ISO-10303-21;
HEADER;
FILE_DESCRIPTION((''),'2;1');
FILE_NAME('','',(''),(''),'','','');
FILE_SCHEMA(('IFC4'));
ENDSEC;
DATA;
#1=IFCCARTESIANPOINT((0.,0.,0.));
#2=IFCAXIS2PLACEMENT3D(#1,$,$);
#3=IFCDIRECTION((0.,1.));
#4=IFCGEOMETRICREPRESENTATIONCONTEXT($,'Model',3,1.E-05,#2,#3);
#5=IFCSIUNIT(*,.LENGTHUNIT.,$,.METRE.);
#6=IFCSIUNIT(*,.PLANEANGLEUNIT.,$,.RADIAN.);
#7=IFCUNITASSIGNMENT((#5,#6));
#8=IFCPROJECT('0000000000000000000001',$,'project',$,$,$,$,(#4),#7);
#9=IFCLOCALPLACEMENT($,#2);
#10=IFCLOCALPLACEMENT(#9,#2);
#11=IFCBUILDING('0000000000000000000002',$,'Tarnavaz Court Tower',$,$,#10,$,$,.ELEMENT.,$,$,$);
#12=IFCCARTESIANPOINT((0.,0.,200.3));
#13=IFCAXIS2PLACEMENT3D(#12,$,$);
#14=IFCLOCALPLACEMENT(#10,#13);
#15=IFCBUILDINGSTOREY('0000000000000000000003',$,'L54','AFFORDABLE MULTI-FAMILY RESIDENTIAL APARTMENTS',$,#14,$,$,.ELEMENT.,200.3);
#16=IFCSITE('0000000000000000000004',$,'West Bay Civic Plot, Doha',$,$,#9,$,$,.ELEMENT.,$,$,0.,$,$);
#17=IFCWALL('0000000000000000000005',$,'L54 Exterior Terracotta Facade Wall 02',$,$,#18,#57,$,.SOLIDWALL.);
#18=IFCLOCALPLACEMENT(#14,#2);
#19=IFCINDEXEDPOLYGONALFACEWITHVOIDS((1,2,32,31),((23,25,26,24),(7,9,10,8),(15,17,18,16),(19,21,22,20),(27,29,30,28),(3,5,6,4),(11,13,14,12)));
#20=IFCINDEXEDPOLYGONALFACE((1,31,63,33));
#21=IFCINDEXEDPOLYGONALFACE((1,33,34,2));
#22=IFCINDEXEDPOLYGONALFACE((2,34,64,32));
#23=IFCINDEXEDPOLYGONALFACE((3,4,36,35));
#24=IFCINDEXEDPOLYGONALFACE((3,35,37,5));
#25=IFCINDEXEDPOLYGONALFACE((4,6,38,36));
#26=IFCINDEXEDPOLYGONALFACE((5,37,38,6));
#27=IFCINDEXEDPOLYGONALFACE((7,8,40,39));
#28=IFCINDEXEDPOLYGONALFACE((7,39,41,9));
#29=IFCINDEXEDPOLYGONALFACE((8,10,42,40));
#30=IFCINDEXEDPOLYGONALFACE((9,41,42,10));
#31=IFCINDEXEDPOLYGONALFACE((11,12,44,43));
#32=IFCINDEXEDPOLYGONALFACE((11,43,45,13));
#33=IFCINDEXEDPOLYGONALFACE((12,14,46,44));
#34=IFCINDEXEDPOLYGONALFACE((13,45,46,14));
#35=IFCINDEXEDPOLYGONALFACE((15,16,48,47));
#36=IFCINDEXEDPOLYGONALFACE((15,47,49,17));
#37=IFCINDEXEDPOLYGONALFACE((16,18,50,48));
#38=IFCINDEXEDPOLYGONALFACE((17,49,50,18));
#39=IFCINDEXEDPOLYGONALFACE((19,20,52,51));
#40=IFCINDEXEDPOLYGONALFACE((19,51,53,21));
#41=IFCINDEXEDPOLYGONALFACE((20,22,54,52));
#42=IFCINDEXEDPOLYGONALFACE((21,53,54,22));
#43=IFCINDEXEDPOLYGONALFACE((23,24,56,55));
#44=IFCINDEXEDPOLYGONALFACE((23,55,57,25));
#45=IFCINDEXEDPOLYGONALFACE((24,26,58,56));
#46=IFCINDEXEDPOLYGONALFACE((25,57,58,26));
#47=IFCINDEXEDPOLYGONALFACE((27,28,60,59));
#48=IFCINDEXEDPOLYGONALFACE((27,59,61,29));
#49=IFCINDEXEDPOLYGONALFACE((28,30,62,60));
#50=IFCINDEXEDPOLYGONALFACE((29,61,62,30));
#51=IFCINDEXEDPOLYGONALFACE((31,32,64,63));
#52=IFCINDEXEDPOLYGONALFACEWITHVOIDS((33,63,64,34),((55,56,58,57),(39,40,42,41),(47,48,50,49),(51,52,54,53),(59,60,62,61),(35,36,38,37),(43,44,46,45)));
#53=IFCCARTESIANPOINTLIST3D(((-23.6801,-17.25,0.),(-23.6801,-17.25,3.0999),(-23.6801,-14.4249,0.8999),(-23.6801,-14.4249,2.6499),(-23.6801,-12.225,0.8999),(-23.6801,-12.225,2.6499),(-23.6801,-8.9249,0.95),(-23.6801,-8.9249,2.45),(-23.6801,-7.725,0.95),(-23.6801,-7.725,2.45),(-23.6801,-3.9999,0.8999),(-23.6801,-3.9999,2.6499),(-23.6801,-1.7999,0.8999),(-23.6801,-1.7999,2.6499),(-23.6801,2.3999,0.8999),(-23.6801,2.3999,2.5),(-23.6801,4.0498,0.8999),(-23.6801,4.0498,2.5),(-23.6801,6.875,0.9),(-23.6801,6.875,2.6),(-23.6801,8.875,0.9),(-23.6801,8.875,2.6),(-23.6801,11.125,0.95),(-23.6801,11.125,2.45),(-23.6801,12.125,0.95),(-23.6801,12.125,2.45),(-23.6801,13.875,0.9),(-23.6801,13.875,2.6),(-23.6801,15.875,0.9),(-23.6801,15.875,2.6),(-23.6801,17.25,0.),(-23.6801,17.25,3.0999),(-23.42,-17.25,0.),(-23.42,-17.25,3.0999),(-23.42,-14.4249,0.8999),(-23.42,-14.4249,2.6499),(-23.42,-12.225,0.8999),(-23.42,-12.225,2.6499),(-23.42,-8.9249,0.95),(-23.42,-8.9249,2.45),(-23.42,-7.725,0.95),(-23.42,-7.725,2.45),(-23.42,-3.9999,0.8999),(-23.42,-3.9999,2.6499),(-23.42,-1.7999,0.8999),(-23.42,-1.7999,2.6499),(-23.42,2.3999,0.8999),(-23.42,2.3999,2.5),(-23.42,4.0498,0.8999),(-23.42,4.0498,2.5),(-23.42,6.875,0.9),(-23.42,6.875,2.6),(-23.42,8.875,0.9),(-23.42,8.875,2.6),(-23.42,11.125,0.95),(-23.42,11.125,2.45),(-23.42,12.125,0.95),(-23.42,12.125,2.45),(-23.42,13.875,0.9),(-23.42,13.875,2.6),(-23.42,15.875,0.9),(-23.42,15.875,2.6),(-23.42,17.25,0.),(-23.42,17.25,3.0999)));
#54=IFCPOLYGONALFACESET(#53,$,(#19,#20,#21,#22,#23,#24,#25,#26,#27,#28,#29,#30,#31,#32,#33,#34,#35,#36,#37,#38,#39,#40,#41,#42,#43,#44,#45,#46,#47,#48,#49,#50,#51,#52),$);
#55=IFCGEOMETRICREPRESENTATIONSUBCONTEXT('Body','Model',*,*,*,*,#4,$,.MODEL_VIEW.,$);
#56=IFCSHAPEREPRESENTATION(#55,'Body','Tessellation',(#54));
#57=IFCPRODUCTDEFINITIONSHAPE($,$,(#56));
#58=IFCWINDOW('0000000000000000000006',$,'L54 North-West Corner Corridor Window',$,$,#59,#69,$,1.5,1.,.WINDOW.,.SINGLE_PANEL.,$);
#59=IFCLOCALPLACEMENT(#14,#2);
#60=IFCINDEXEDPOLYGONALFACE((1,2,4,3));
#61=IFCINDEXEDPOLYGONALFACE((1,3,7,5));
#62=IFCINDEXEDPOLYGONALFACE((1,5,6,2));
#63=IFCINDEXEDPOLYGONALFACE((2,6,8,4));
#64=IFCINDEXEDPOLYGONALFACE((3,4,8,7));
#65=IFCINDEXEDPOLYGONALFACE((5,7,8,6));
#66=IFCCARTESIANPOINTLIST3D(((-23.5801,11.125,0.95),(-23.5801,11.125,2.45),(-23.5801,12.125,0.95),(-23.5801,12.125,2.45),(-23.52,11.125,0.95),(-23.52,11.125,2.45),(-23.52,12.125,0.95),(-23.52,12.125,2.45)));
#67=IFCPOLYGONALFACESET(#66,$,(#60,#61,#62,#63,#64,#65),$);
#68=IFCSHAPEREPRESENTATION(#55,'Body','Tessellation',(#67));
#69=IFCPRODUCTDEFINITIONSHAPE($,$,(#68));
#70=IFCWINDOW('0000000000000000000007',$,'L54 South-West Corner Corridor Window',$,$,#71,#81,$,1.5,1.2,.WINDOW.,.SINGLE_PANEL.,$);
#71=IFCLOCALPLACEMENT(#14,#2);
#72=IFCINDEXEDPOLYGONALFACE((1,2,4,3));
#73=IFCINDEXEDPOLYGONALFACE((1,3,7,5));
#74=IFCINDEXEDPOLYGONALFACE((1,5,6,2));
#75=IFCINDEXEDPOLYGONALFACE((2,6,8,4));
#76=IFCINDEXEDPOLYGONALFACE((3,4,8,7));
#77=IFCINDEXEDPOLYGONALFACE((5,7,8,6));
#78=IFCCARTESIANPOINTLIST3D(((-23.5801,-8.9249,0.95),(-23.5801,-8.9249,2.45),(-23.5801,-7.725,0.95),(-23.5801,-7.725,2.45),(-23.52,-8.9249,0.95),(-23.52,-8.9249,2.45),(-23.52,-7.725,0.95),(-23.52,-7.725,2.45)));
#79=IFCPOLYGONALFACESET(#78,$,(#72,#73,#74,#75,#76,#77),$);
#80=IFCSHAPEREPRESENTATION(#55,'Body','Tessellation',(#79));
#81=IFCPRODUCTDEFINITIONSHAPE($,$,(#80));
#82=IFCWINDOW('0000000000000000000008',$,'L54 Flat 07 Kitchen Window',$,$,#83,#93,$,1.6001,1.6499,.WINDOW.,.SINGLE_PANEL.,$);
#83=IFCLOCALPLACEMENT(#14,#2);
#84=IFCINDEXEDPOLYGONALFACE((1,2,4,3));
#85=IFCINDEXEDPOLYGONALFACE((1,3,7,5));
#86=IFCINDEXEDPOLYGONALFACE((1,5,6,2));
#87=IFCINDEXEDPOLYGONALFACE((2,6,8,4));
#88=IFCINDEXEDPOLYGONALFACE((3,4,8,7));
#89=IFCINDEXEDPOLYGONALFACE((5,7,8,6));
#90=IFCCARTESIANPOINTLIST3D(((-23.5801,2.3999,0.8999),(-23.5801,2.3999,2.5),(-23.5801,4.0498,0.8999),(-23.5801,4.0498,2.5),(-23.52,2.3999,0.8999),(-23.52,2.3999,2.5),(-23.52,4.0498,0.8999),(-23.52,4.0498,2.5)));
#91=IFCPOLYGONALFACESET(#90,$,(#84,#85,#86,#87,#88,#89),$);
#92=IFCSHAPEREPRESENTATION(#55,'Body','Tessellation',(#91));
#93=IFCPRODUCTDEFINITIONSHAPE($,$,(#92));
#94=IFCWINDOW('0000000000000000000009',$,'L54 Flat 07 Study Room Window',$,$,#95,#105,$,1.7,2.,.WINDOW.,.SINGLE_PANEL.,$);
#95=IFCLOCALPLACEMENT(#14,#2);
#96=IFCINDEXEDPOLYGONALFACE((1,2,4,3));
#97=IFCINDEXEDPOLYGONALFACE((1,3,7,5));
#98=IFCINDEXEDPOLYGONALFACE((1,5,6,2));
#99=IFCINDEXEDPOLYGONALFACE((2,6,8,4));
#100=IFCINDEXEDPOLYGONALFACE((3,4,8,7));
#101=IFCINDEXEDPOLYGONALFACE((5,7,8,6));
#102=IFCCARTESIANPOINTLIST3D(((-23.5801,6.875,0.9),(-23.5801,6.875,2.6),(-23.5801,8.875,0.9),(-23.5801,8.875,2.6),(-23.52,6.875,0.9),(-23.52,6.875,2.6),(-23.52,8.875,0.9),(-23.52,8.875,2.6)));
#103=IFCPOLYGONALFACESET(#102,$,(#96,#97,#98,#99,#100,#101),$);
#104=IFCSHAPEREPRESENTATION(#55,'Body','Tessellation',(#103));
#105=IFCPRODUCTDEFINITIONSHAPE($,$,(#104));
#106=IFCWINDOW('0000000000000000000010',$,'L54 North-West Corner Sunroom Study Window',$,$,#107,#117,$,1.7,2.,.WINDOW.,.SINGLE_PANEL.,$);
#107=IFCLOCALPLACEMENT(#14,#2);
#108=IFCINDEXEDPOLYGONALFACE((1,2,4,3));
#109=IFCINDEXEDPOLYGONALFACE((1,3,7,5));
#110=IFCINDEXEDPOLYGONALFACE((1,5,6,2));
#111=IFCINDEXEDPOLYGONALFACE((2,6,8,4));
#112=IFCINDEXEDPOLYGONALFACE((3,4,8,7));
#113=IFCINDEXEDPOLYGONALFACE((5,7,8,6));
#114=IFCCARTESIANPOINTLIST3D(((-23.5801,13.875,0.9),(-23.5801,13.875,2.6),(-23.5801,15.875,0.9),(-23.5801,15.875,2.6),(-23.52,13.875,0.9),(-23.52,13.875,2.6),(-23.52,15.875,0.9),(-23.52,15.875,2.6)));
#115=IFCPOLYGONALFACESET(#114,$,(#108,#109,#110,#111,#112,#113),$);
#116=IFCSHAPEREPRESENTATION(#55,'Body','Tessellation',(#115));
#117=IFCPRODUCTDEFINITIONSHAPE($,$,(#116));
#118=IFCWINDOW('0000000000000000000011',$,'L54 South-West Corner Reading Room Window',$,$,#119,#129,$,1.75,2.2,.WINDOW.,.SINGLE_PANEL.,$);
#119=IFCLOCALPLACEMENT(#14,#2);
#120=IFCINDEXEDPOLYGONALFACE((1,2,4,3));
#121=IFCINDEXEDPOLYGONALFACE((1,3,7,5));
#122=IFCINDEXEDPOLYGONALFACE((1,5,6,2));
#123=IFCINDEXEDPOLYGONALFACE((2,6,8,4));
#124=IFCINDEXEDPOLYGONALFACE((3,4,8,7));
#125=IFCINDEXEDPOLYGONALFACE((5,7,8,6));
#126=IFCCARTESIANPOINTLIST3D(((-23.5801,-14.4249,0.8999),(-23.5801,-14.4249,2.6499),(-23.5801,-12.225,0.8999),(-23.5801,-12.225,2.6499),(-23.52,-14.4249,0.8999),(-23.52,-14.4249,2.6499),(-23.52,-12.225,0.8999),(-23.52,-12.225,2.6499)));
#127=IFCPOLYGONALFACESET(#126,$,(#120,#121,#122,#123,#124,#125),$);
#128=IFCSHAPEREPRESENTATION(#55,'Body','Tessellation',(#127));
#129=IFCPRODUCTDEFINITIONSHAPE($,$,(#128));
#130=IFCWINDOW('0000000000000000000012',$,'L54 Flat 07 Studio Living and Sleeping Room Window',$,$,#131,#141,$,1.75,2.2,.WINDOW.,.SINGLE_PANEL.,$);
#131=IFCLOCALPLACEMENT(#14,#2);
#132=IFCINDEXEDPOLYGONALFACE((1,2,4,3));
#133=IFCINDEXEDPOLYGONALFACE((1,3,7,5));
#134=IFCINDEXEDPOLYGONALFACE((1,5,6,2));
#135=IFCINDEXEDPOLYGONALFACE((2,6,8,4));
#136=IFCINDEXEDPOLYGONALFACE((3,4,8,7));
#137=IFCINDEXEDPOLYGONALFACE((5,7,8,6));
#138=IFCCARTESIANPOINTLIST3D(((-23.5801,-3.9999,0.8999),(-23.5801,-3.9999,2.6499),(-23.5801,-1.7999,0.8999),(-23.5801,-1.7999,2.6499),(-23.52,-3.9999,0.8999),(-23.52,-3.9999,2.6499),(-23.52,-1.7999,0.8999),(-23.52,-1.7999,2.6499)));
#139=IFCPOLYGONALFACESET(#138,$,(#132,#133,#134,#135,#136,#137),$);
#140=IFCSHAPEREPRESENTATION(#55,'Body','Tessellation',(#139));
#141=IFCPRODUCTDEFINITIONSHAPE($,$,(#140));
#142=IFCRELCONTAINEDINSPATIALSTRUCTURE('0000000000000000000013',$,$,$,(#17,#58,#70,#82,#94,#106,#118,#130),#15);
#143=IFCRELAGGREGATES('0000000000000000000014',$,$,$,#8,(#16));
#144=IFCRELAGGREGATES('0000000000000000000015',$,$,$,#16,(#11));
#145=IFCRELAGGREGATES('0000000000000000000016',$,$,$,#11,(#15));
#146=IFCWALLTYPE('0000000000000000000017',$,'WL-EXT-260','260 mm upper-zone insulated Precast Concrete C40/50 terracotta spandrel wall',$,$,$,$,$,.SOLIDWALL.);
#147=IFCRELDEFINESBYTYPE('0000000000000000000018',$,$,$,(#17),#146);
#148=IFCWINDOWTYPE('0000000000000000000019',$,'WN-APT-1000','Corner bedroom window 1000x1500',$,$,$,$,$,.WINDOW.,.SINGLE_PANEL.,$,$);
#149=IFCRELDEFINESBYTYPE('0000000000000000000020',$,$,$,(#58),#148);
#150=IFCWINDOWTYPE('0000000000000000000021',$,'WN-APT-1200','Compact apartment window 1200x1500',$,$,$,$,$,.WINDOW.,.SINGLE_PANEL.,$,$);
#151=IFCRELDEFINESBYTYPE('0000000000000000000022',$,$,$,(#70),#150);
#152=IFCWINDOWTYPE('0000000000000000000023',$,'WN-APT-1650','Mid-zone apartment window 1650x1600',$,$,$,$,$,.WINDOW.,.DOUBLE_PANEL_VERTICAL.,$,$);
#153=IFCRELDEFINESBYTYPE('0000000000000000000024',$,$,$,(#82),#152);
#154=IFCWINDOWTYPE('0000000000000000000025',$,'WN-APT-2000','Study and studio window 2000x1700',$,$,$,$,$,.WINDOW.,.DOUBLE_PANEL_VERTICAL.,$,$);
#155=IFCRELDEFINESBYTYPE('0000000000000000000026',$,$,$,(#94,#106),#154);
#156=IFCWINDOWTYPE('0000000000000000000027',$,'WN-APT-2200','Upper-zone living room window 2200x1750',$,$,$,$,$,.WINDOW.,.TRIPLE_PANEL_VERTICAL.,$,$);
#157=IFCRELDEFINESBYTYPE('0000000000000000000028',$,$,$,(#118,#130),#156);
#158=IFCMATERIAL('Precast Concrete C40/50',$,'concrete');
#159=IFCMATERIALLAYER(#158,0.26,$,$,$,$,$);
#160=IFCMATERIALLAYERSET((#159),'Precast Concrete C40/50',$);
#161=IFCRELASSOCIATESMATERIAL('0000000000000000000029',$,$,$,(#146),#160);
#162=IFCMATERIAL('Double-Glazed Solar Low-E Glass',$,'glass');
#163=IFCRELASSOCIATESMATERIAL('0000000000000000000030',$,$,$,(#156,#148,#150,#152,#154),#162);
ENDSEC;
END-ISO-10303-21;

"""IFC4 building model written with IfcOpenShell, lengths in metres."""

from ifc_helpers import new_model, si_unit, direction, frame, frame_2d, origin, place, context, subcontext, project, spatial, rectangle, extrude, material, layer, layer_set, type_object, element, fill, save


model = new_model("IFC4")

# Units and contexts
model_context = context("Model", 3, precision=1e-05, world=origin(), true_north=direction((0.0, 1.0)))
body_context = subcontext(model_context, "Body", "Model", "MODEL_VIEW")
ifc_project = project(units=[si_unit("LENGTHUNIT", "METRE"), si_unit("PLANEANGLEUNIT", "RADIAN")], contexts=[model_context])

# Site, building, storey
site_placement = place(None, origin())
site = spatial("IfcSite", under=ifc_project, at=site_placement, Name="West Bay Civic Plot, Doha", CompositionType="ELEMENT", RefElevation=0.0)
building_placement = place(site_placement, origin())
building = spatial("IfcBuilding", under=site, at=building_placement, Name="Tarnavaz Court Tower", CompositionType="ELEMENT")
storey_placement = place(building_placement, frame((0.0, 0.0, 200.3)))
storey = spatial("IfcBuildingStorey", under=building, at=storey_placement, Name="L54", Description="AFFORDABLE MULTI-FAMILY RESIDENTIAL APARTMENTS", CompositionType="ELEMENT", Elevation=200.3)

# Shared definitions
ifc_material_1 = material(Name="Precast Concrete C40/50", Category="concrete")
ifc_layer_1 = layer(ifc_material_1, 0.26)
ifc_layer_set_1 = layer_set([ifc_layer_1], Name="Precast Concrete C40/50")
wall_type_1 = type_object("IfcWallType", Name="WL-EXT-260", Description="260 mm upper-zone insulated Precast Concrete C40/50 terracotta spandrel wall", PredefinedType="SOLIDWALL", material=ifc_layer_set_1)
ifc_material_2 = material(Name="Double-Glazed Solar Low-E Glass", Category="glass")
window_type_1 = type_object("IfcWindowType", Name="WN-APT-2200", Description="Upper-zone living room window 2200x1750", PartitioningType="TRIPLE_PANEL_VERTICAL", PredefinedType="WINDOW", material=ifc_material_2)

# Wall, openings, windows
wall_1_placement = place(storey_placement, frame((-23.55, -17.25, 0.0), z_axis=(0.0, 0.0, 1.0), x_axis=(0.0, 1.0, 0.0)))
wall_1 = element("IfcWall", 1, at=wall_1_placement, inside=storey, type_object=wall_type_1, Name="L54 Exterior Terracotta Facade Wall 02", PredefinedType="SOLIDWALL", context=body_context, shape_type="SweptSolid", body=[
    extrude(rectangle(XDim=34.5, YDim=0.26, at=frame_2d((17.25, 0.0))), origin(), (0.0, 0.0, 1.0), 3.0999),
])
opening_1_placement = place(wall_1_placement, frame((2.825, 0.0, 0.8999)))
opening_1 = element("IfcOpeningElement", 2, at=opening_1_placement, cuts=wall_1, PredefinedType="OPENING", context=body_context, shape_type="SweptSolid", body=[
    extrude(rectangle(XDim=2.2, YDim=1.75, at=frame_2d((1.1001, 0.875))), frame((0.0, 0.1399, 0.0), z_axis=(0.0, -1.0, 0.0), x_axis=(1.0, 0.0, 0.0)), (0.0, 0.0, 1.0), 0.28),
])
opening_2_placement = place(wall_1_placement, frame((8.325, 0.0, 0.95)))
opening_2 = element("IfcOpeningElement", 3, at=opening_2_placement, cuts=wall_1, PredefinedType="OPENING", context=body_context, shape_type="SweptSolid", body=[
    extrude(rectangle(XDim=1.2, YDim=1.5, at=frame_2d((0.6001, 0.75))), frame((0.0, 0.1399, 0.0), z_axis=(0.0, -1.0, 0.0), x_axis=(1.0, 0.0, 0.0)), (0.0, 0.0, 1.0), 0.28),
])
opening_3_placement = place(wall_1_placement, frame((13.25, 0.0, 0.8999)))
opening_3 = element("IfcOpeningElement", 4, at=opening_3_placement, cuts=wall_1, PredefinedType="OPENING", context=body_context, shape_type="SweptSolid", body=[
    extrude(rectangle(XDim=2.2, YDim=1.75, at=frame_2d((1.1001, 0.875))), frame((0.0, 0.1399, 0.0), z_axis=(0.0, -1.0, 0.0), x_axis=(1.0, 0.0, 0.0)), (0.0, 0.0, 1.0), 0.28),
])
opening_4_placement = place(wall_1_placement, frame((19.6499, 0.0, 0.8999)))
opening_4 = element("IfcOpeningElement", 5, at=opening_4_placement, cuts=wall_1, PredefinedType="OPENING", context=body_context, shape_type="SweptSolid", body=[
    extrude(rectangle(XDim=1.6499, YDim=1.6001, at=frame_2d((0.825, 0.8))), frame((0.0, 0.1399, 0.0), z_axis=(0.0, -1.0, 0.0), x_axis=(1.0, 0.0, 0.0)), (0.0, 0.0, 1.0), 0.28),
])
opening_5_placement = place(wall_1_placement, frame((24.125, 0.0, 0.8999)))
opening_5 = element("IfcOpeningElement", 6, at=opening_5_placement, cuts=wall_1, PredefinedType="OPENING", context=body_context, shape_type="SweptSolid", body=[
    extrude(rectangle(XDim=2.0, YDim=1.7, at=frame_2d((1.0, 0.8501))), frame((0.0, 0.1399, 0.0), z_axis=(0.0, -1.0, 0.0), x_axis=(1.0, 0.0, 0.0)), (0.0, 0.0, 1.0), 0.28),
])
opening_6_placement = place(wall_1_placement, frame((28.375, 0.0, 0.95)))
opening_6 = element("IfcOpeningElement", 7, at=opening_6_placement, cuts=wall_1, PredefinedType="OPENING", context=body_context, shape_type="SweptSolid", body=[
    extrude(rectangle(XDim=1.0, YDim=1.5, at=frame_2d((0.5, 0.75))), frame((0.0, 0.1399, 0.0), z_axis=(0.0, -1.0, 0.0), x_axis=(1.0, 0.0, 0.0)), (0.0, 0.0, 1.0), 0.28),
])
opening_7_placement = place(wall_1_placement, frame((31.125, 0.0, 0.8999)))
opening_7 = element("IfcOpeningElement", 8, at=opening_7_placement, cuts=wall_1, PredefinedType="OPENING", context=body_context, shape_type="SweptSolid", body=[
    extrude(rectangle(XDim=2.0, YDim=1.7, at=frame_2d((1.0, 0.8501))), frame((0.0, 0.1399, 0.0), z_axis=(0.0, -1.0, 0.0), x_axis=(1.0, 0.0, 0.0)), (0.0, 0.0, 1.0), 0.28),
])
window_type_2 = type_object("IfcWindowType", Name="WN-APT-1000", Description="Corner bedroom window 1000x1500", PartitioningType="SINGLE_PANEL", PredefinedType="WINDOW", material=ifc_material_2)
window_1_placement = place(opening_6_placement, origin())
window_1 = element("IfcWindow", 9, at=window_1_placement, inside=storey, type_object=window_type_2, Name="L54 North-West Corner Corridor Window", OverallHeight=1.5, OverallWidth=1.0, PartitioningType="SINGLE_PANEL", PredefinedType="WINDOW", context=body_context, shape_type="SweptSolid", body=[
    extrude(rectangle(XDim=1.0, YDim=1.5, at=frame_2d((0.5, 0.75))), frame((0.0, 0.03, 0.0), z_axis=(0.0, -1.0, 0.0), x_axis=(1.0, 0.0, 0.0)), (0.0, 0.0, 1.0), 0.0601),
])
fill(opening_6, window_1)
window_type_3 = type_object("IfcWindowType", Name="WN-APT-1200", Description="Compact apartment window 1200x1500", PartitioningType="SINGLE_PANEL", PredefinedType="WINDOW", material=ifc_material_2)
window_2_placement = place(opening_2_placement, origin())
window_2 = element("IfcWindow", 10, at=window_2_placement, inside=storey, type_object=window_type_3, Name="L54 South-West Corner Corridor Window", OverallHeight=1.5, OverallWidth=1.2, PartitioningType="SINGLE_PANEL", PredefinedType="WINDOW", context=body_context, shape_type="SweptSolid", body=[
    extrude(rectangle(XDim=1.2, YDim=1.5, at=frame_2d((0.6001, 0.75))), frame((0.0, 0.03, 0.0), z_axis=(0.0, -1.0, 0.0), x_axis=(1.0, 0.0, 0.0)), (0.0, 0.0, 1.0), 0.0601),
])
fill(opening_2, window_2)
window_type_4 = type_object("IfcWindowType", Name="WN-APT-1650", Description="Mid-zone apartment window 1650x1600", PartitioningType="DOUBLE_PANEL_VERTICAL", PredefinedType="WINDOW", material=ifc_material_2)
window_3_placement = place(opening_4_placement, origin())
window_3 = element("IfcWindow", 11, at=window_3_placement, inside=storey, type_object=window_type_4, Name="L54 Flat 07 Kitchen Window", OverallHeight=1.6001, OverallWidth=1.6499, PartitioningType="SINGLE_PANEL", PredefinedType="WINDOW", context=body_context, shape_type="SweptSolid", body=[
    extrude(rectangle(XDim=1.6499, YDim=1.6001, at=frame_2d((0.825, 0.8))), frame((0.0, 0.03, 0.0), z_axis=(0.0, -1.0, 0.0), x_axis=(1.0, 0.0, 0.0)), (0.0, 0.0, 1.0), 0.0601),
])
fill(opening_4, window_3)
window_type_5 = type_object("IfcWindowType", Name="WN-APT-2000", Description="Study and studio window 2000x1700", PartitioningType="DOUBLE_PANEL_VERTICAL", PredefinedType="WINDOW", material=ifc_material_2)
window_4_placement = place(opening_5_placement, origin())
window_4 = element("IfcWindow", 12, at=window_4_placement, inside=storey, type_object=window_type_5, Name="L54 Flat 07 Study Room Window", OverallHeight=1.7, OverallWidth=2.0, PartitioningType="SINGLE_PANEL", PredefinedType="WINDOW", context=body_context, shape_type="SweptSolid", body=[
    extrude(rectangle(XDim=2.0, YDim=1.7, at=frame_2d((1.0, 0.8501))), frame((0.0, 0.03, 0.0), z_axis=(0.0, -1.0, 0.0), x_axis=(1.0, 0.0, 0.0)), (0.0, 0.0, 1.0), 0.0601),
])
fill(opening_5, window_4)
window_5_placement = place(opening_7_placement, origin())
window_5 = element("IfcWindow", 13, at=window_5_placement, inside=storey, type_object=window_type_5, Name="L54 North-West Corner Sunroom Study Window", OverallHeight=1.7, OverallWidth=2.0, PartitioningType="SINGLE_PANEL", PredefinedType="WINDOW", context=body_context, shape_type="SweptSolid", body=[
    extrude(rectangle(XDim=2.0, YDim=1.7, at=frame_2d((1.0, 0.8501))), frame((0.0, 0.03, 0.0), z_axis=(0.0, -1.0, 0.0), x_axis=(1.0, 0.0, 0.0)), (0.0, 0.0, 1.0), 0.0601),
])
fill(opening_7, window_5)
window_6_placement = place(opening_1_placement, origin())
window_6 = element("IfcWindow", 14, at=window_6_placement, inside=storey, type_object=window_type_1, Name="L54 South-West Corner Reading Room Window", OverallHeight=1.75, OverallWidth=2.2, PartitioningType="SINGLE_PANEL", PredefinedType="WINDOW", context=body_context, shape_type="SweptSolid", body=[
    extrude(rectangle(XDim=2.2, YDim=1.75, at=frame_2d((1.1001, 0.875))), frame((0.0, 0.03, 0.0), z_axis=(0.0, -1.0, 0.0), x_axis=(1.0, 0.0, 0.0)), (0.0, 0.0, 1.0), 0.0601),
])
fill(opening_1, window_6)
window_7_placement = place(opening_3_placement, origin())
window_7 = element("IfcWindow", 15, at=window_7_placement, inside=storey, type_object=window_type_1, Name="L54 Flat 07 Studio Living and Sleeping Room Window", OverallHeight=1.75, OverallWidth=2.2, PartitioningType="SINGLE_PANEL", PredefinedType="WINDOW", context=body_context, shape_type="SweptSolid", body=[
    extrude(rectangle(XDim=2.2, YDim=1.75, at=frame_2d((1.1001, 0.875))), frame((0.0, 0.03, 0.0), z_axis=(0.0, -1.0, 0.0), x_axis=(1.0, 0.0, 0.0)), (0.0, 0.0, 1.0), 0.0601),
])
fill(opening_3, window_7)

save(model, "model.ifc")
